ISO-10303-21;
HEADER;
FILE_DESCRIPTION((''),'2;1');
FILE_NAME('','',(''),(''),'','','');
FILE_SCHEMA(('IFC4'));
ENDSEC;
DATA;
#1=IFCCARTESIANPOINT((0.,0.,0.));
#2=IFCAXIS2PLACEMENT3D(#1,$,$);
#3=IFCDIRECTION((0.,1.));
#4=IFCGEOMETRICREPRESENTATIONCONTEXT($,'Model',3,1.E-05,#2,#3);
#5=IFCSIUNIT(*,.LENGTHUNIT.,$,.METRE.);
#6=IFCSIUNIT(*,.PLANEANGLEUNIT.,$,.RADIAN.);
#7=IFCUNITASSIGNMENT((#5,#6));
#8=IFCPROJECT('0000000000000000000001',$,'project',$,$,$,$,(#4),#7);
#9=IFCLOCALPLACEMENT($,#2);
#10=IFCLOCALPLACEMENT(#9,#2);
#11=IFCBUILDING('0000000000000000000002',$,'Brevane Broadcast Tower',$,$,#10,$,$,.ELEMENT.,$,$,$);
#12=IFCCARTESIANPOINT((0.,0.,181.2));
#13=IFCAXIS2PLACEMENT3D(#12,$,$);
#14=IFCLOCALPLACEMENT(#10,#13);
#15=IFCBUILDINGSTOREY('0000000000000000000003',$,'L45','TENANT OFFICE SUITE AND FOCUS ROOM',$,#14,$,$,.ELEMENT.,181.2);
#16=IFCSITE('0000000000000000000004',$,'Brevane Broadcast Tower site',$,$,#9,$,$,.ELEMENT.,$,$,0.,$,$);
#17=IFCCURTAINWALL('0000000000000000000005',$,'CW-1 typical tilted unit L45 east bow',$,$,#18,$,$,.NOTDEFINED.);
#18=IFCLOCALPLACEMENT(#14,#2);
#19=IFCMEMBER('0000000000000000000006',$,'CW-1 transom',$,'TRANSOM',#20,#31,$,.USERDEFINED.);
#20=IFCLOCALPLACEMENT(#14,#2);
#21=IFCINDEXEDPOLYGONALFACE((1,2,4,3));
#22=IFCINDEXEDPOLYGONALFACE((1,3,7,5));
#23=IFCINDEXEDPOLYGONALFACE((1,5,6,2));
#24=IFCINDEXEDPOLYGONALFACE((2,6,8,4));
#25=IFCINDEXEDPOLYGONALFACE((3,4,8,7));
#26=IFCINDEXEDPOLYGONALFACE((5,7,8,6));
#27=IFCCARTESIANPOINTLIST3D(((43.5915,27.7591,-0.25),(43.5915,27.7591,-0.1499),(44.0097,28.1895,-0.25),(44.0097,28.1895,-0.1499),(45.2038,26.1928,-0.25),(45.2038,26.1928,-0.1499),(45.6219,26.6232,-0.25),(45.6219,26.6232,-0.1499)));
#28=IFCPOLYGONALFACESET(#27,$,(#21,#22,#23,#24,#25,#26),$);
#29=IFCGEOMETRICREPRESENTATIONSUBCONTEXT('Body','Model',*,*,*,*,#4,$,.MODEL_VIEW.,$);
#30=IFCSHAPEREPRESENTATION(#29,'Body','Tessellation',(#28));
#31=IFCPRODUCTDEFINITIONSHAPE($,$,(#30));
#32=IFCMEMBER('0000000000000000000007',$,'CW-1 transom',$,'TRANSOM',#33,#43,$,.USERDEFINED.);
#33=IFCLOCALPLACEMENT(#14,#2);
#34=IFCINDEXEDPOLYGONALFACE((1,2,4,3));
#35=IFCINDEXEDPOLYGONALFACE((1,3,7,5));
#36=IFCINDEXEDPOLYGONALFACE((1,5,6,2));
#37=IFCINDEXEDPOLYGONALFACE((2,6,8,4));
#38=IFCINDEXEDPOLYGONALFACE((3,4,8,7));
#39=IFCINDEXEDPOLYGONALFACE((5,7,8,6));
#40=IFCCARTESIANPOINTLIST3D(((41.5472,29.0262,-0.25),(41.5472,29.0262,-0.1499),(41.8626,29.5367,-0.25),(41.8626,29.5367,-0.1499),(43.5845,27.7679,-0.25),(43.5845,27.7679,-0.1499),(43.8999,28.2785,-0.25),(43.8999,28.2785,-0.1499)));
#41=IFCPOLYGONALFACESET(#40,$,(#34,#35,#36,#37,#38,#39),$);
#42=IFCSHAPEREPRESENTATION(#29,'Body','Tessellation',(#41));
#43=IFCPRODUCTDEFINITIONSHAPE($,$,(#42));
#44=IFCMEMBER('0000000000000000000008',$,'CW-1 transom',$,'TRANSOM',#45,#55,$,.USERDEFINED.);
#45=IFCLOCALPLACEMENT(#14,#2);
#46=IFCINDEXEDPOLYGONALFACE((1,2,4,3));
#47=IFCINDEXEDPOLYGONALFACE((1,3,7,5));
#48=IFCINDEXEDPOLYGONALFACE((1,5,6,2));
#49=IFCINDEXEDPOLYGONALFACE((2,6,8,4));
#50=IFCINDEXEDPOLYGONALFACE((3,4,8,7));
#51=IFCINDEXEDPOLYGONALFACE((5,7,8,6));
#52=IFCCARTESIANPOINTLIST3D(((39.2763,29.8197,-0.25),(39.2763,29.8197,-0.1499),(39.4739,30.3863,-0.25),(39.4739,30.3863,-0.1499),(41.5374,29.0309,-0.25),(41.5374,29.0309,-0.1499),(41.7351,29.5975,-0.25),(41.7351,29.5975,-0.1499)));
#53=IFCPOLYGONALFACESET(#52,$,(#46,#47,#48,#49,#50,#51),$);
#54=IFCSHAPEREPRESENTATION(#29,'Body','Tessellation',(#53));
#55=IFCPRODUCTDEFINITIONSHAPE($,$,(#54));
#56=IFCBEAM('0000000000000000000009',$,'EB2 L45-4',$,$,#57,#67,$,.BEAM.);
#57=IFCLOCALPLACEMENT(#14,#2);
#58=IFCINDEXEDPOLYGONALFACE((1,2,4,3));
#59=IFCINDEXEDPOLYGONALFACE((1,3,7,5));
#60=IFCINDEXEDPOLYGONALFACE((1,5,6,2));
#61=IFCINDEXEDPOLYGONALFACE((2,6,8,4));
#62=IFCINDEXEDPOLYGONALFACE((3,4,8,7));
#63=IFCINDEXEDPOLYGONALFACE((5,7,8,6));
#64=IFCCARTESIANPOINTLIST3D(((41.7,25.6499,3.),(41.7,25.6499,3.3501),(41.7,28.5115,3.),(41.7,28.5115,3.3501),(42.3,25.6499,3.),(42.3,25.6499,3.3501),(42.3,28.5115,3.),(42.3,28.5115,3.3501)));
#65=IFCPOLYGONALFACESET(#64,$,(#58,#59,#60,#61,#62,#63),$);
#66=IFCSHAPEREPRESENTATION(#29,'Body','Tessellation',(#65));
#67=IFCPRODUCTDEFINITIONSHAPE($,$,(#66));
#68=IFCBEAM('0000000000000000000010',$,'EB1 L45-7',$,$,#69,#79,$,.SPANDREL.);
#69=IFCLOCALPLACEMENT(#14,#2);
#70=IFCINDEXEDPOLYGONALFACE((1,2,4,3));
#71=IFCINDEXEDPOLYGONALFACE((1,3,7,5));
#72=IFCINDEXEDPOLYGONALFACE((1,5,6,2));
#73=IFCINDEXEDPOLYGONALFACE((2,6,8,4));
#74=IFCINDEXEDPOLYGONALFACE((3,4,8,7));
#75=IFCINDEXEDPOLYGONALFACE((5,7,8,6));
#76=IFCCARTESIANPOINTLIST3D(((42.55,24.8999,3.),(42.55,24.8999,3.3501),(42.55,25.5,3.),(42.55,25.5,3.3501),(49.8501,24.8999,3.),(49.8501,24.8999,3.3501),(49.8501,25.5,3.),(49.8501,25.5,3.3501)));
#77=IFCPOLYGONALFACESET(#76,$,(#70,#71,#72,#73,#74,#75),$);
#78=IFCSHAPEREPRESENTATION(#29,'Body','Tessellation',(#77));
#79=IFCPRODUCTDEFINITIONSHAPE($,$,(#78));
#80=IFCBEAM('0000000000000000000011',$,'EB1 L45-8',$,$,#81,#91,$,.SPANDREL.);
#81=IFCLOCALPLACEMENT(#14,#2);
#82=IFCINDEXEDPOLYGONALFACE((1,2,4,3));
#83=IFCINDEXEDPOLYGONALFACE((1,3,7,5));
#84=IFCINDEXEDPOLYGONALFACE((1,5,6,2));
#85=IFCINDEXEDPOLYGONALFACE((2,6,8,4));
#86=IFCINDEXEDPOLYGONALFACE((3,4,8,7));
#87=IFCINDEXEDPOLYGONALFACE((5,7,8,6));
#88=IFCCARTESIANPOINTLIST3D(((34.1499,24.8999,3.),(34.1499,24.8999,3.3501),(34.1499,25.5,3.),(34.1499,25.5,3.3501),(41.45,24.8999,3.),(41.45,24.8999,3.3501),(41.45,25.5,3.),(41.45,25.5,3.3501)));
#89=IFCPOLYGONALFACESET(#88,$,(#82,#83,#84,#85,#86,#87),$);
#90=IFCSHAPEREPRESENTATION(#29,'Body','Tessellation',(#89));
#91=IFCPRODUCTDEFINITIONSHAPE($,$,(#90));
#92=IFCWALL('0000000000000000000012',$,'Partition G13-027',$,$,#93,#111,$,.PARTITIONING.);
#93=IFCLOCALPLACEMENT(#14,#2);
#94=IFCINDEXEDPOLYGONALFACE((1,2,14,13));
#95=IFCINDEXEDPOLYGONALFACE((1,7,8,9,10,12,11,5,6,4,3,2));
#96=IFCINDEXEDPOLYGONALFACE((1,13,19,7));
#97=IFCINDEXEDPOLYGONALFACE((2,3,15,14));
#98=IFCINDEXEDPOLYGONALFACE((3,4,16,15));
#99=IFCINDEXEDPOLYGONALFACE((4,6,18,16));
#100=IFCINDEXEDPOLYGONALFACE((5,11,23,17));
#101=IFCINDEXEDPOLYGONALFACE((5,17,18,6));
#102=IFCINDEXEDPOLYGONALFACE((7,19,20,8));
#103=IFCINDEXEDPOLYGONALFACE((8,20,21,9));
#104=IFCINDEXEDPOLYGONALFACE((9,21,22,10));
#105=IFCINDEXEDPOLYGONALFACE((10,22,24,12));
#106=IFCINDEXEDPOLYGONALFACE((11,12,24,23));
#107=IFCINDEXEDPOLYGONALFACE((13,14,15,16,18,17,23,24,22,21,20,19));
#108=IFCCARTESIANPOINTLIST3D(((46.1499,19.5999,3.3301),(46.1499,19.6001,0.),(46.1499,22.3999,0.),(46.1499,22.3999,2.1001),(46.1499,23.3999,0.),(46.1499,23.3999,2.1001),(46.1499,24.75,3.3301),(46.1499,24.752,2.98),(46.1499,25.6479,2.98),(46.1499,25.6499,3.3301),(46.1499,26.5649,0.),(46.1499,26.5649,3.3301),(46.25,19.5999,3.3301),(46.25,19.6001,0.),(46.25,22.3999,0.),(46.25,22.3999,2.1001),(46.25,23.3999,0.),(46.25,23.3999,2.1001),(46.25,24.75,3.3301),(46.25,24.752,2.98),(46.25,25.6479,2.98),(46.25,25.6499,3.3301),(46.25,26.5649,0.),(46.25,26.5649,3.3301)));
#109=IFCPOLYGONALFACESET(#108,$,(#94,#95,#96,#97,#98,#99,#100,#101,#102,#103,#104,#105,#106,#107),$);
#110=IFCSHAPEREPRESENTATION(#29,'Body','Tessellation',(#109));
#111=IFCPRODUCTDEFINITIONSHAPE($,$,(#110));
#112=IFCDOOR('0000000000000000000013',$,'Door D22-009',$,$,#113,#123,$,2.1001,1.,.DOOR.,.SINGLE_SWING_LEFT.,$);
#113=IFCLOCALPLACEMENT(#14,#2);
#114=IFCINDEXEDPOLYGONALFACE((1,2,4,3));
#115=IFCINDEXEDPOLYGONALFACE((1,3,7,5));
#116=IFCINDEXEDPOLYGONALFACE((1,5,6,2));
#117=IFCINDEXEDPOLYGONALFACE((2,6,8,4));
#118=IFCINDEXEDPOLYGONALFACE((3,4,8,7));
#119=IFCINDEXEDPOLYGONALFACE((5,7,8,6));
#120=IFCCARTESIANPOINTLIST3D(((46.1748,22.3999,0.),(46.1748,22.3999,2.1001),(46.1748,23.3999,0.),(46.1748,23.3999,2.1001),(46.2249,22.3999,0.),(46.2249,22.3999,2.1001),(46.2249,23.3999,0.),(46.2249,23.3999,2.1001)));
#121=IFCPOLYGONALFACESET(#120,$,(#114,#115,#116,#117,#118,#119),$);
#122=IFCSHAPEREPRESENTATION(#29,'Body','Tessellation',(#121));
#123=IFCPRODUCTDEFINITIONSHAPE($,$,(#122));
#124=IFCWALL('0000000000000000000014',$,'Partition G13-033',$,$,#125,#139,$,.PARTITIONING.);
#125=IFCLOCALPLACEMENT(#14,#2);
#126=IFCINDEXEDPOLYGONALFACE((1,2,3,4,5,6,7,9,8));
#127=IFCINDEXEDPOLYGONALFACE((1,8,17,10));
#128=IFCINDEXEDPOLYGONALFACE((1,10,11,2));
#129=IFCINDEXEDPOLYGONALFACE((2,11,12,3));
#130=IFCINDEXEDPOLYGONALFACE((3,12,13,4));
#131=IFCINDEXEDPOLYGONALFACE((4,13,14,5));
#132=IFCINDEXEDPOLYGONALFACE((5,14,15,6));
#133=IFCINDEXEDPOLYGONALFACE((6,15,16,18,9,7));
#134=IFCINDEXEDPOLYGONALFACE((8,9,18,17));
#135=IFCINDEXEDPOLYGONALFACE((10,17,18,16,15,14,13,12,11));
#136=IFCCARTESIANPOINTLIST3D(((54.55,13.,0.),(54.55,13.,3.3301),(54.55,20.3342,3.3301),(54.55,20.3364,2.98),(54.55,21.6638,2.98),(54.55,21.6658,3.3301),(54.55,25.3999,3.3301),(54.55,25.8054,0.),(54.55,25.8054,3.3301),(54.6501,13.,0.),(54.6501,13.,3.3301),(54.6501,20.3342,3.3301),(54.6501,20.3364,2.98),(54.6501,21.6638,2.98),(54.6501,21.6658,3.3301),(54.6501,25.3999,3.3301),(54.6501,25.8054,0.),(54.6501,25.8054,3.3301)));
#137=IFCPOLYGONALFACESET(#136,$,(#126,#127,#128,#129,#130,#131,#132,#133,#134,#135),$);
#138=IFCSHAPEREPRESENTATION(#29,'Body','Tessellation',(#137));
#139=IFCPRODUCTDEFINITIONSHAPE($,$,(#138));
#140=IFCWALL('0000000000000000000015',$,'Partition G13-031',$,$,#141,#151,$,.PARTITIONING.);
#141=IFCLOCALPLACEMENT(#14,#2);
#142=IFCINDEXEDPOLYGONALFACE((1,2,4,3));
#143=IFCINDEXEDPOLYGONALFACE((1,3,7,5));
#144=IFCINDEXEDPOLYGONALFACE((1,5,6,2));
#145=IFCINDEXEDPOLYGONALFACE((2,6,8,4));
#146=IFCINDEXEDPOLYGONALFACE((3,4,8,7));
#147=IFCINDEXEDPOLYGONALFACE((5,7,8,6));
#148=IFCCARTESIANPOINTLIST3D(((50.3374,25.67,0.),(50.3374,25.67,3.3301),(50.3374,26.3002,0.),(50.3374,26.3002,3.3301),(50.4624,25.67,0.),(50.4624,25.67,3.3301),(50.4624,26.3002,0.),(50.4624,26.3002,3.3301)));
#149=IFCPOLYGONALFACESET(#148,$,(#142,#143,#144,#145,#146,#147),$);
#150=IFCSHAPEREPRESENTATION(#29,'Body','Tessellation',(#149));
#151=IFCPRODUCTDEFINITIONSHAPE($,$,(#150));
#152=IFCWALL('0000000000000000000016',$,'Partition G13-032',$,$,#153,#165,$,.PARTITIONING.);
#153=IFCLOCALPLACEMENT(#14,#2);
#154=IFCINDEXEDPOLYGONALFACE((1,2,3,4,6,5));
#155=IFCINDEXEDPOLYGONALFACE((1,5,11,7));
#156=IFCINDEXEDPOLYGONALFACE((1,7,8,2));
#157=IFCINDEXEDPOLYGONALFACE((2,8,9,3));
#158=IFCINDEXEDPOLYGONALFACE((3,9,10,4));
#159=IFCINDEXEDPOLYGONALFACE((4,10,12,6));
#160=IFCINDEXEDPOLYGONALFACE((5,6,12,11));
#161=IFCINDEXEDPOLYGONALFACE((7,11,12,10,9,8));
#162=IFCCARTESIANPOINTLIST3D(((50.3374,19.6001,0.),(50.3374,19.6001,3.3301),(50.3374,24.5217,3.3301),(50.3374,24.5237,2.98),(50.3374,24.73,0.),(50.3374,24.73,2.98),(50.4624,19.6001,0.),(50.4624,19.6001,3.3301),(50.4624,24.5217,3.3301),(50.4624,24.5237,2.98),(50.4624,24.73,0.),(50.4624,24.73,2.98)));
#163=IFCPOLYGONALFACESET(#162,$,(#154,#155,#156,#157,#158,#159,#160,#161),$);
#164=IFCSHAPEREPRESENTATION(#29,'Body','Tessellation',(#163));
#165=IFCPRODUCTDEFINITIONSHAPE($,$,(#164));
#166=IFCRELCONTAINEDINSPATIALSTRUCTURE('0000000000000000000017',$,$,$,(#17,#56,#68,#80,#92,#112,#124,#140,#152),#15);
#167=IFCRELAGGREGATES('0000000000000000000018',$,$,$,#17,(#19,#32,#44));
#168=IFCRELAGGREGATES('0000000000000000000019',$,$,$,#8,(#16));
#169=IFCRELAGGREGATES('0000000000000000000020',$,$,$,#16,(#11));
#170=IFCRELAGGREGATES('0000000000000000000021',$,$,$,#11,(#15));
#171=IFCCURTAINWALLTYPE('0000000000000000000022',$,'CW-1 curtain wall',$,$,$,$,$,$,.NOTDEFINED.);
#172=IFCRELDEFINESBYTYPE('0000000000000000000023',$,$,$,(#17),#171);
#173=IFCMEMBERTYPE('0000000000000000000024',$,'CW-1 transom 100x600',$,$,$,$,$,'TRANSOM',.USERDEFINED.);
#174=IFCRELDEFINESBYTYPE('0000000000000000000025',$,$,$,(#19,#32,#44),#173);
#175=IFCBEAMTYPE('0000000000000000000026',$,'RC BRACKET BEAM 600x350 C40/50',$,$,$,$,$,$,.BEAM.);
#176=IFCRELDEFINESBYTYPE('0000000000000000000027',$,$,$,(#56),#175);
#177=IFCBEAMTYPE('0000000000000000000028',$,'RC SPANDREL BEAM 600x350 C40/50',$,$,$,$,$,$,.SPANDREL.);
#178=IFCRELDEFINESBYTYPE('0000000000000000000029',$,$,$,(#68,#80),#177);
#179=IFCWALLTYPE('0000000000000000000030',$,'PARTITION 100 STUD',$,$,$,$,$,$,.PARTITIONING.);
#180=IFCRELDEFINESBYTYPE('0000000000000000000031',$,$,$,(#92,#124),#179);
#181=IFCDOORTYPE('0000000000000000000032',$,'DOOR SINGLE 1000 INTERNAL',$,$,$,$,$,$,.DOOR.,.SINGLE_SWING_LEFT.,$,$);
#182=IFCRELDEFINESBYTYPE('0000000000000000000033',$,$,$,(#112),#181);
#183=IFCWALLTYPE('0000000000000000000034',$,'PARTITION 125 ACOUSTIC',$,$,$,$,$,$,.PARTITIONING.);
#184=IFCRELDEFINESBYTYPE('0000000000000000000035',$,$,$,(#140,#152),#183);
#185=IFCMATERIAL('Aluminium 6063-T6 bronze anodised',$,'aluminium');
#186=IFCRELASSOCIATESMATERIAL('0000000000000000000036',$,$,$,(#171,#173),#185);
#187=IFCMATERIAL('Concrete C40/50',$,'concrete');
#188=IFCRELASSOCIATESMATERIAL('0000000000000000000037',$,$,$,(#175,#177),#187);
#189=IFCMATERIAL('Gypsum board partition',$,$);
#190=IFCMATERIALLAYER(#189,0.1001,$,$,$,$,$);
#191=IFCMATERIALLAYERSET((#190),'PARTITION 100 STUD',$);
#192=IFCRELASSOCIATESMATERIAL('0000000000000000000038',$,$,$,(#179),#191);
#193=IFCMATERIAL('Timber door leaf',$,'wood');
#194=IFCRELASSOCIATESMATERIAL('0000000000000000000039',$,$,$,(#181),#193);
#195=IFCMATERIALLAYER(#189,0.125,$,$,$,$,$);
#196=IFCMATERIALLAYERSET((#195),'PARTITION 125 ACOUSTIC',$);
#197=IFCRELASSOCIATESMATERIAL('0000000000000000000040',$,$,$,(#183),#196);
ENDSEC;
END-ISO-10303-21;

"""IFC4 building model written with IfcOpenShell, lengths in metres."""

from ifc_helpers import new_model, si_unit, direction, frame, frame_2d, origin, origin_2d, place, context, subcontext, project, spatial, polyline, rectangle, outline, extrude, material, layer, layer_set, material_profile, profile_set, type_object, element, fill, aggregate, save


model = new_model("IFC4")

# Units and contexts
model_context = context("Model", 3, precision=1e-05, world=origin(), true_north=direction((0.0, 1.0)))
body_context = subcontext(model_context, "Body", "Model", "MODEL_VIEW")
ifc_project = project(units=[si_unit("LENGTHUNIT", "METRE"), si_unit("PLANEANGLEUNIT", "RADIAN")], contexts=[model_context])

# Site, building, storey
site_placement = place(None, origin())
site = spatial("IfcSite", under=ifc_project, at=site_placement, Name="Brevane Broadcast Tower site", CompositionType="ELEMENT", RefElevation=0.0)
building_placement = place(site_placement, origin())
building = spatial("IfcBuilding", under=site, at=building_placement, Name="Brevane Broadcast Tower", CompositionType="ELEMENT")
storey_placement = place(building_placement, frame((0.0, 0.0, 181.2)))
storey = spatial("IfcBuildingStorey", under=building, at=storey_placement, Name="L45", Description="TENANT OFFICE SUITE AND FOCUS ROOM", CompositionType="ELEMENT", Elevation=181.2)

# Curtain wall
ifc_material_1 = material(Name="Aluminium 6063-T6 bronze anodised", Category="aluminium")
curtain_wall_type = type_object("IfcCurtainWallType", Name="CW-1 curtain wall", PredefinedType="NOTDEFINED", material=ifc_material_1)
curtain_wall_1_placement = place(storey_placement, origin())
curtain_wall_1 = element("IfcCurtainWall", 1, at=curtain_wall_1_placement, inside=storey, type_object=curtain_wall_type, Name="CW-1 typical tilted unit L45 east bow", PredefinedType="NOTDEFINED")

# Members
ifc_material_profile_1 = material_profile(ifc_material_1, rectangle(XDim=0.6001, YDim=0.1001, at=origin_2d()), Name="RECT 100x600")
ifc_profile_set_1 = profile_set([ifc_material_profile_1], Name="Aluminium 6063-T6 bronze anodised")
member_type_1 = type_object("IfcMemberType", Name="CW-1 transom 100x600", ElementType="TRANSOM", PredefinedType="USERDEFINED", material=ifc_profile_set_1)
member_1_placement = place(storey_placement, frame((45.4128, 26.408, -0.2), z_axis=(-0.717242, 0.696824, 0.0), x_axis=(-0.696824, -0.717242, 0.0)))
member_1 = element("IfcMember", 2, at=member_1_placement, type_object=member_type_1, Name="CW-1 transom", ObjectType="TRANSOM", PredefinedType="USERDEFINED", context=body_context, shape_type="SweptSolid", body=[
    extrude(rectangle(XDim=0.6001, YDim=0.1001, at=origin_2d()), origin(), (0.0, 0.0, 1.0), 2.2478),
])
member_2_placement = place(storey_placement, frame((43.7422, 28.0232, -0.2), z_axis=(-0.85081, 0.525473, 0.0), x_axis=(-0.525473, -0.85081, 0.0)))
member_2 = element("IfcMember", 3, at=member_2_placement, type_object=member_type_1, Name="CW-1 transom", ObjectType="TRANSOM", PredefinedType="USERDEFINED", context=body_context, shape_type="SweptSolid", body=[
    extrude(rectangle(XDim=0.6001, YDim=0.1001, at=origin_2d()), origin(), (0.0, 0.0, 1.0), 2.3945),
])
member_3_placement = place(storey_placement, frame((41.6362, 29.3142, -0.2), z_axis=(-0.944198, 0.329378, 0.0), x_axis=(-0.329378, -0.944198, 0.0)))
member_3 = element("IfcMember", 4, at=member_3_placement, type_object=member_type_1, Name="CW-1 transom", ObjectType="TRANSOM", PredefinedType="USERDEFINED", context=body_context, shape_type="SweptSolid", body=[
    extrude(rectangle(XDim=0.6001, YDim=0.1001, at=origin_2d()), origin(), (0.0, 0.0, 1.0), 2.3948),
])
aggregate(curtain_wall_1, [member_1, member_2, member_3])

# Beams
ifc_material_2 = material(Name="Concrete C40/50", Category="concrete")
ifc_material_profile_2 = material_profile(ifc_material_2, rectangle(XDim=0.6001, YDim=0.3501, at=origin_2d()), Name="RC 600x350")
ifc_profile_set_2 = profile_set([ifc_material_profile_2], Name="Concrete C40/50")
beam_type_1 = type_object("IfcBeamType", Name="RC BRACKET BEAM 600x350 C40/50", PredefinedType="BEAM", material=ifc_profile_set_2)
beam_placement = place(storey_placement, frame((42.0, 25.6499, 3.175), z_axis=(0.0, 1.0, 0.0), x_axis=(-1.0, 0.0, 0.0)))
element("IfcBeam", 5, at=beam_placement, inside=storey, type_object=beam_type_1, Name="EB2 L45-4", PredefinedType="BEAM", context=body_context, shape_type="SweptSolid", body=[
    extrude(rectangle(XDim=0.6001, YDim=0.3501, at=origin_2d()), origin(), (0.0, 0.0, 1.0), 2.8616),
])
ifc_material_profile_3 = material_profile(ifc_material_2, rectangle(XDim=0.6001, YDim=0.3501, at=origin_2d()), Name="RC 600x350")
ifc_profile_set_3 = profile_set([ifc_material_profile_3], Name="Concrete C40/50")
beam_type_2 = type_object("IfcBeamType", Name="RC SPANDREL BEAM 600x350 C40/50", PredefinedType="SPANDREL", material=ifc_profile_set_3)
for number, where, z_axis, x_axis, name in (
    (6, (49.8501, 25.2, 3.175), (-1.0, 0.0, 0.0), (0.0, -1.0, 0.0), "EB1 L45-7"),
    (7, (41.45, 25.2, 3.175), (-1.0, 0.0, 0.0), (0.0, -1.0, 0.0), "EB1 L45-8"),
):
    element("IfcBeam", number, at=place(storey_placement, frame(where, z_axis=z_axis, x_axis=x_axis)), inside=storey, type_object=beam_type_2, Name=name, PredefinedType="SPANDREL", context=body_context, shape_type="SweptSolid", body=[
        extrude(rectangle(XDim=0.6001, YDim=0.3501, at=origin_2d()), origin(), (0.0, 0.0, 1.0), 7.3),
    ])

# Wall, opening, door
ifc_material_3 = material(Name="Gypsum board partition")
ifc_layer_1 = layer(ifc_material_3, 0.1001)
ifc_layer_set_1 = layer_set([ifc_layer_1], Name="PARTITION 100 STUD")
wall_type_1 = type_object("IfcWallType", Name="PARTITION 100 STUD", PredefinedType="PARTITIONING", material=ifc_layer_set_1)
wall_1_placement = place(storey_placement, frame((46.2, 26.5649, 0.0), z_axis=(0.0, 0.0, 1.0), x_axis=(0.0, -1.0, 0.0)))
wall_1 = element("IfcWall", 8, at=wall_1_placement, inside=storey, type_object=wall_type_1, Name="Partition G13-027", PredefinedType="PARTITIONING", context=body_context, shape_type="SweptSolid", body=[
    extrude(outline(polyline([(0.0, 0.0), (6.9648, 0.0), (6.9651, 3.3301), (1.8149, 3.3301), (1.813, 2.98), (0.917, 2.98), (0.915, 3.3301), (0.2649, 3.3301), (0.0, 3.3301), (0.0, 0.0)])), frame((0.0, 0.05, 0.0), z_axis=(0.0, -1.0, 0.0), x_axis=(1.0, 0.0, 0.0)), (0.0, 0.0, 1.0), 0.1001),
])
opening_placement = place(wall_1_placement, frame((3.165, 0.0, 0.0)))
opening = element("IfcOpeningElement", 9, at=opening_placement, cuts=wall_1, PredefinedType="OPENING", context=body_context, shape_type="SweptSolid", body=[
    extrude(rectangle(XDim=1.0, YDim=2.1001, at=frame_2d((0.5, 1.05))), frame((0.0, 0.0601, 0.0), z_axis=(0.0, -1.0, 0.0), x_axis=(1.0, 0.0, 0.0)), (0.0, 0.0, 1.0), 0.1201),
])
ifc_material_4 = material(Name="Timber door leaf", Category="wood")
door_type = type_object("IfcDoorType", Name="DOOR SINGLE 1000 INTERNAL", OperationType="SINGLE_SWING_LEFT", PredefinedType="DOOR", material=ifc_material_4)
door_placement = place(opening_placement, origin())
door = element("IfcDoor", 10, at=door_placement, inside=storey, type_object=door_type, Name="Door D22-009", OperationType="SINGLE_SWING_LEFT", OverallHeight=2.1001, OverallWidth=1.0, PredefinedType="DOOR", context=body_context, shape_type="SweptSolid", body=[
    extrude(rectangle(XDim=1.0, YDim=2.1001, at=frame_2d((0.5, 1.05))), frame((0.0, 0.0249, 0.0), z_axis=(0.0, -1.0, 0.0), x_axis=(1.0, 0.0, 0.0)), (0.0, 0.0, 1.0), 0.05),
])
fill(opening, door)

# Walls
wall_2_placement = place(storey_placement, frame((54.6001, 25.8054, 0.0), z_axis=(0.0, 0.0, 1.0), x_axis=(0.0, -1.0, 0.0)))
element("IfcWall", 11, at=wall_2_placement, inside=storey, type_object=wall_type_1, Name="Partition G13-033", PredefinedType="PARTITIONING", context=body_context, shape_type="SweptSolid", body=[
    extrude(outline(polyline([(0.0, 0.0), (12.8054, 0.0), (12.8054, 3.3301), (5.4712, 3.3301), (5.469, 2.98), (4.1416, 2.98), (4.1396, 3.3301), (0.4055, 3.3301), (0.0, 3.3301), (0.0, 0.0)])), frame((0.0, 0.05, 0.0), z_axis=(0.0, -1.0, 0.0), x_axis=(1.0, 0.0, 0.0)), (0.0, 0.0, 1.0), 0.1001),
])
ifc_layer_2 = layer(ifc_material_3, 0.125)
ifc_layer_set_2 = layer_set([ifc_layer_2], Name="PARTITION 125 ACOUSTIC")
wall_type_2 = type_object("IfcWallType", Name="PARTITION 125 ACOUSTIC", PredefinedType="PARTITIONING", material=ifc_layer_set_2)
wall_3_placement = place(storey_placement, frame((50.3999, 26.3, 0.0), z_axis=(0.0, 0.0, 1.0), x_axis=(0.0, -1.0, 0.0)))
element("IfcWall", 12, at=wall_3_placement, inside=storey, type_object=wall_type_2, Name="Partition G13-031", PredefinedType="PARTITIONING", context=body_context, shape_type="SweptSolid", body=[
    extrude(rectangle(XDim=0.6301, YDim=0.125, at=frame_2d((0.3149, 0.0))), origin(), (0.0, 0.0, 1.0), 3.3301),
])
wall_4_placement = place(storey_placement, frame((50.3999, 24.73, 0.0), z_axis=(0.0, 0.0, 1.0), x_axis=(0.0, -1.0, 0.0)))
element("IfcWall", 13, at=wall_4_placement, inside=storey, type_object=wall_type_2, Name="Partition G13-032", PredefinedType="PARTITIONING", context=body_context, shape_type="SweptSolid", body=[
    extrude(outline(polyline([(0.0, 0.0), (5.1299, 0.0), (5.1299, 3.3301), (0.2083, 3.3301), (0.2063, 2.98), (0.0, 2.98), (0.0, 0.0)])), frame((0.0, 0.0625, 0.0), z_axis=(0.0, -1.0, 0.0), x_axis=(1.0, 0.0, 0.0)), (0.0, 0.0, 1.0), 0.125),
])

save(model, "model.ifc")
